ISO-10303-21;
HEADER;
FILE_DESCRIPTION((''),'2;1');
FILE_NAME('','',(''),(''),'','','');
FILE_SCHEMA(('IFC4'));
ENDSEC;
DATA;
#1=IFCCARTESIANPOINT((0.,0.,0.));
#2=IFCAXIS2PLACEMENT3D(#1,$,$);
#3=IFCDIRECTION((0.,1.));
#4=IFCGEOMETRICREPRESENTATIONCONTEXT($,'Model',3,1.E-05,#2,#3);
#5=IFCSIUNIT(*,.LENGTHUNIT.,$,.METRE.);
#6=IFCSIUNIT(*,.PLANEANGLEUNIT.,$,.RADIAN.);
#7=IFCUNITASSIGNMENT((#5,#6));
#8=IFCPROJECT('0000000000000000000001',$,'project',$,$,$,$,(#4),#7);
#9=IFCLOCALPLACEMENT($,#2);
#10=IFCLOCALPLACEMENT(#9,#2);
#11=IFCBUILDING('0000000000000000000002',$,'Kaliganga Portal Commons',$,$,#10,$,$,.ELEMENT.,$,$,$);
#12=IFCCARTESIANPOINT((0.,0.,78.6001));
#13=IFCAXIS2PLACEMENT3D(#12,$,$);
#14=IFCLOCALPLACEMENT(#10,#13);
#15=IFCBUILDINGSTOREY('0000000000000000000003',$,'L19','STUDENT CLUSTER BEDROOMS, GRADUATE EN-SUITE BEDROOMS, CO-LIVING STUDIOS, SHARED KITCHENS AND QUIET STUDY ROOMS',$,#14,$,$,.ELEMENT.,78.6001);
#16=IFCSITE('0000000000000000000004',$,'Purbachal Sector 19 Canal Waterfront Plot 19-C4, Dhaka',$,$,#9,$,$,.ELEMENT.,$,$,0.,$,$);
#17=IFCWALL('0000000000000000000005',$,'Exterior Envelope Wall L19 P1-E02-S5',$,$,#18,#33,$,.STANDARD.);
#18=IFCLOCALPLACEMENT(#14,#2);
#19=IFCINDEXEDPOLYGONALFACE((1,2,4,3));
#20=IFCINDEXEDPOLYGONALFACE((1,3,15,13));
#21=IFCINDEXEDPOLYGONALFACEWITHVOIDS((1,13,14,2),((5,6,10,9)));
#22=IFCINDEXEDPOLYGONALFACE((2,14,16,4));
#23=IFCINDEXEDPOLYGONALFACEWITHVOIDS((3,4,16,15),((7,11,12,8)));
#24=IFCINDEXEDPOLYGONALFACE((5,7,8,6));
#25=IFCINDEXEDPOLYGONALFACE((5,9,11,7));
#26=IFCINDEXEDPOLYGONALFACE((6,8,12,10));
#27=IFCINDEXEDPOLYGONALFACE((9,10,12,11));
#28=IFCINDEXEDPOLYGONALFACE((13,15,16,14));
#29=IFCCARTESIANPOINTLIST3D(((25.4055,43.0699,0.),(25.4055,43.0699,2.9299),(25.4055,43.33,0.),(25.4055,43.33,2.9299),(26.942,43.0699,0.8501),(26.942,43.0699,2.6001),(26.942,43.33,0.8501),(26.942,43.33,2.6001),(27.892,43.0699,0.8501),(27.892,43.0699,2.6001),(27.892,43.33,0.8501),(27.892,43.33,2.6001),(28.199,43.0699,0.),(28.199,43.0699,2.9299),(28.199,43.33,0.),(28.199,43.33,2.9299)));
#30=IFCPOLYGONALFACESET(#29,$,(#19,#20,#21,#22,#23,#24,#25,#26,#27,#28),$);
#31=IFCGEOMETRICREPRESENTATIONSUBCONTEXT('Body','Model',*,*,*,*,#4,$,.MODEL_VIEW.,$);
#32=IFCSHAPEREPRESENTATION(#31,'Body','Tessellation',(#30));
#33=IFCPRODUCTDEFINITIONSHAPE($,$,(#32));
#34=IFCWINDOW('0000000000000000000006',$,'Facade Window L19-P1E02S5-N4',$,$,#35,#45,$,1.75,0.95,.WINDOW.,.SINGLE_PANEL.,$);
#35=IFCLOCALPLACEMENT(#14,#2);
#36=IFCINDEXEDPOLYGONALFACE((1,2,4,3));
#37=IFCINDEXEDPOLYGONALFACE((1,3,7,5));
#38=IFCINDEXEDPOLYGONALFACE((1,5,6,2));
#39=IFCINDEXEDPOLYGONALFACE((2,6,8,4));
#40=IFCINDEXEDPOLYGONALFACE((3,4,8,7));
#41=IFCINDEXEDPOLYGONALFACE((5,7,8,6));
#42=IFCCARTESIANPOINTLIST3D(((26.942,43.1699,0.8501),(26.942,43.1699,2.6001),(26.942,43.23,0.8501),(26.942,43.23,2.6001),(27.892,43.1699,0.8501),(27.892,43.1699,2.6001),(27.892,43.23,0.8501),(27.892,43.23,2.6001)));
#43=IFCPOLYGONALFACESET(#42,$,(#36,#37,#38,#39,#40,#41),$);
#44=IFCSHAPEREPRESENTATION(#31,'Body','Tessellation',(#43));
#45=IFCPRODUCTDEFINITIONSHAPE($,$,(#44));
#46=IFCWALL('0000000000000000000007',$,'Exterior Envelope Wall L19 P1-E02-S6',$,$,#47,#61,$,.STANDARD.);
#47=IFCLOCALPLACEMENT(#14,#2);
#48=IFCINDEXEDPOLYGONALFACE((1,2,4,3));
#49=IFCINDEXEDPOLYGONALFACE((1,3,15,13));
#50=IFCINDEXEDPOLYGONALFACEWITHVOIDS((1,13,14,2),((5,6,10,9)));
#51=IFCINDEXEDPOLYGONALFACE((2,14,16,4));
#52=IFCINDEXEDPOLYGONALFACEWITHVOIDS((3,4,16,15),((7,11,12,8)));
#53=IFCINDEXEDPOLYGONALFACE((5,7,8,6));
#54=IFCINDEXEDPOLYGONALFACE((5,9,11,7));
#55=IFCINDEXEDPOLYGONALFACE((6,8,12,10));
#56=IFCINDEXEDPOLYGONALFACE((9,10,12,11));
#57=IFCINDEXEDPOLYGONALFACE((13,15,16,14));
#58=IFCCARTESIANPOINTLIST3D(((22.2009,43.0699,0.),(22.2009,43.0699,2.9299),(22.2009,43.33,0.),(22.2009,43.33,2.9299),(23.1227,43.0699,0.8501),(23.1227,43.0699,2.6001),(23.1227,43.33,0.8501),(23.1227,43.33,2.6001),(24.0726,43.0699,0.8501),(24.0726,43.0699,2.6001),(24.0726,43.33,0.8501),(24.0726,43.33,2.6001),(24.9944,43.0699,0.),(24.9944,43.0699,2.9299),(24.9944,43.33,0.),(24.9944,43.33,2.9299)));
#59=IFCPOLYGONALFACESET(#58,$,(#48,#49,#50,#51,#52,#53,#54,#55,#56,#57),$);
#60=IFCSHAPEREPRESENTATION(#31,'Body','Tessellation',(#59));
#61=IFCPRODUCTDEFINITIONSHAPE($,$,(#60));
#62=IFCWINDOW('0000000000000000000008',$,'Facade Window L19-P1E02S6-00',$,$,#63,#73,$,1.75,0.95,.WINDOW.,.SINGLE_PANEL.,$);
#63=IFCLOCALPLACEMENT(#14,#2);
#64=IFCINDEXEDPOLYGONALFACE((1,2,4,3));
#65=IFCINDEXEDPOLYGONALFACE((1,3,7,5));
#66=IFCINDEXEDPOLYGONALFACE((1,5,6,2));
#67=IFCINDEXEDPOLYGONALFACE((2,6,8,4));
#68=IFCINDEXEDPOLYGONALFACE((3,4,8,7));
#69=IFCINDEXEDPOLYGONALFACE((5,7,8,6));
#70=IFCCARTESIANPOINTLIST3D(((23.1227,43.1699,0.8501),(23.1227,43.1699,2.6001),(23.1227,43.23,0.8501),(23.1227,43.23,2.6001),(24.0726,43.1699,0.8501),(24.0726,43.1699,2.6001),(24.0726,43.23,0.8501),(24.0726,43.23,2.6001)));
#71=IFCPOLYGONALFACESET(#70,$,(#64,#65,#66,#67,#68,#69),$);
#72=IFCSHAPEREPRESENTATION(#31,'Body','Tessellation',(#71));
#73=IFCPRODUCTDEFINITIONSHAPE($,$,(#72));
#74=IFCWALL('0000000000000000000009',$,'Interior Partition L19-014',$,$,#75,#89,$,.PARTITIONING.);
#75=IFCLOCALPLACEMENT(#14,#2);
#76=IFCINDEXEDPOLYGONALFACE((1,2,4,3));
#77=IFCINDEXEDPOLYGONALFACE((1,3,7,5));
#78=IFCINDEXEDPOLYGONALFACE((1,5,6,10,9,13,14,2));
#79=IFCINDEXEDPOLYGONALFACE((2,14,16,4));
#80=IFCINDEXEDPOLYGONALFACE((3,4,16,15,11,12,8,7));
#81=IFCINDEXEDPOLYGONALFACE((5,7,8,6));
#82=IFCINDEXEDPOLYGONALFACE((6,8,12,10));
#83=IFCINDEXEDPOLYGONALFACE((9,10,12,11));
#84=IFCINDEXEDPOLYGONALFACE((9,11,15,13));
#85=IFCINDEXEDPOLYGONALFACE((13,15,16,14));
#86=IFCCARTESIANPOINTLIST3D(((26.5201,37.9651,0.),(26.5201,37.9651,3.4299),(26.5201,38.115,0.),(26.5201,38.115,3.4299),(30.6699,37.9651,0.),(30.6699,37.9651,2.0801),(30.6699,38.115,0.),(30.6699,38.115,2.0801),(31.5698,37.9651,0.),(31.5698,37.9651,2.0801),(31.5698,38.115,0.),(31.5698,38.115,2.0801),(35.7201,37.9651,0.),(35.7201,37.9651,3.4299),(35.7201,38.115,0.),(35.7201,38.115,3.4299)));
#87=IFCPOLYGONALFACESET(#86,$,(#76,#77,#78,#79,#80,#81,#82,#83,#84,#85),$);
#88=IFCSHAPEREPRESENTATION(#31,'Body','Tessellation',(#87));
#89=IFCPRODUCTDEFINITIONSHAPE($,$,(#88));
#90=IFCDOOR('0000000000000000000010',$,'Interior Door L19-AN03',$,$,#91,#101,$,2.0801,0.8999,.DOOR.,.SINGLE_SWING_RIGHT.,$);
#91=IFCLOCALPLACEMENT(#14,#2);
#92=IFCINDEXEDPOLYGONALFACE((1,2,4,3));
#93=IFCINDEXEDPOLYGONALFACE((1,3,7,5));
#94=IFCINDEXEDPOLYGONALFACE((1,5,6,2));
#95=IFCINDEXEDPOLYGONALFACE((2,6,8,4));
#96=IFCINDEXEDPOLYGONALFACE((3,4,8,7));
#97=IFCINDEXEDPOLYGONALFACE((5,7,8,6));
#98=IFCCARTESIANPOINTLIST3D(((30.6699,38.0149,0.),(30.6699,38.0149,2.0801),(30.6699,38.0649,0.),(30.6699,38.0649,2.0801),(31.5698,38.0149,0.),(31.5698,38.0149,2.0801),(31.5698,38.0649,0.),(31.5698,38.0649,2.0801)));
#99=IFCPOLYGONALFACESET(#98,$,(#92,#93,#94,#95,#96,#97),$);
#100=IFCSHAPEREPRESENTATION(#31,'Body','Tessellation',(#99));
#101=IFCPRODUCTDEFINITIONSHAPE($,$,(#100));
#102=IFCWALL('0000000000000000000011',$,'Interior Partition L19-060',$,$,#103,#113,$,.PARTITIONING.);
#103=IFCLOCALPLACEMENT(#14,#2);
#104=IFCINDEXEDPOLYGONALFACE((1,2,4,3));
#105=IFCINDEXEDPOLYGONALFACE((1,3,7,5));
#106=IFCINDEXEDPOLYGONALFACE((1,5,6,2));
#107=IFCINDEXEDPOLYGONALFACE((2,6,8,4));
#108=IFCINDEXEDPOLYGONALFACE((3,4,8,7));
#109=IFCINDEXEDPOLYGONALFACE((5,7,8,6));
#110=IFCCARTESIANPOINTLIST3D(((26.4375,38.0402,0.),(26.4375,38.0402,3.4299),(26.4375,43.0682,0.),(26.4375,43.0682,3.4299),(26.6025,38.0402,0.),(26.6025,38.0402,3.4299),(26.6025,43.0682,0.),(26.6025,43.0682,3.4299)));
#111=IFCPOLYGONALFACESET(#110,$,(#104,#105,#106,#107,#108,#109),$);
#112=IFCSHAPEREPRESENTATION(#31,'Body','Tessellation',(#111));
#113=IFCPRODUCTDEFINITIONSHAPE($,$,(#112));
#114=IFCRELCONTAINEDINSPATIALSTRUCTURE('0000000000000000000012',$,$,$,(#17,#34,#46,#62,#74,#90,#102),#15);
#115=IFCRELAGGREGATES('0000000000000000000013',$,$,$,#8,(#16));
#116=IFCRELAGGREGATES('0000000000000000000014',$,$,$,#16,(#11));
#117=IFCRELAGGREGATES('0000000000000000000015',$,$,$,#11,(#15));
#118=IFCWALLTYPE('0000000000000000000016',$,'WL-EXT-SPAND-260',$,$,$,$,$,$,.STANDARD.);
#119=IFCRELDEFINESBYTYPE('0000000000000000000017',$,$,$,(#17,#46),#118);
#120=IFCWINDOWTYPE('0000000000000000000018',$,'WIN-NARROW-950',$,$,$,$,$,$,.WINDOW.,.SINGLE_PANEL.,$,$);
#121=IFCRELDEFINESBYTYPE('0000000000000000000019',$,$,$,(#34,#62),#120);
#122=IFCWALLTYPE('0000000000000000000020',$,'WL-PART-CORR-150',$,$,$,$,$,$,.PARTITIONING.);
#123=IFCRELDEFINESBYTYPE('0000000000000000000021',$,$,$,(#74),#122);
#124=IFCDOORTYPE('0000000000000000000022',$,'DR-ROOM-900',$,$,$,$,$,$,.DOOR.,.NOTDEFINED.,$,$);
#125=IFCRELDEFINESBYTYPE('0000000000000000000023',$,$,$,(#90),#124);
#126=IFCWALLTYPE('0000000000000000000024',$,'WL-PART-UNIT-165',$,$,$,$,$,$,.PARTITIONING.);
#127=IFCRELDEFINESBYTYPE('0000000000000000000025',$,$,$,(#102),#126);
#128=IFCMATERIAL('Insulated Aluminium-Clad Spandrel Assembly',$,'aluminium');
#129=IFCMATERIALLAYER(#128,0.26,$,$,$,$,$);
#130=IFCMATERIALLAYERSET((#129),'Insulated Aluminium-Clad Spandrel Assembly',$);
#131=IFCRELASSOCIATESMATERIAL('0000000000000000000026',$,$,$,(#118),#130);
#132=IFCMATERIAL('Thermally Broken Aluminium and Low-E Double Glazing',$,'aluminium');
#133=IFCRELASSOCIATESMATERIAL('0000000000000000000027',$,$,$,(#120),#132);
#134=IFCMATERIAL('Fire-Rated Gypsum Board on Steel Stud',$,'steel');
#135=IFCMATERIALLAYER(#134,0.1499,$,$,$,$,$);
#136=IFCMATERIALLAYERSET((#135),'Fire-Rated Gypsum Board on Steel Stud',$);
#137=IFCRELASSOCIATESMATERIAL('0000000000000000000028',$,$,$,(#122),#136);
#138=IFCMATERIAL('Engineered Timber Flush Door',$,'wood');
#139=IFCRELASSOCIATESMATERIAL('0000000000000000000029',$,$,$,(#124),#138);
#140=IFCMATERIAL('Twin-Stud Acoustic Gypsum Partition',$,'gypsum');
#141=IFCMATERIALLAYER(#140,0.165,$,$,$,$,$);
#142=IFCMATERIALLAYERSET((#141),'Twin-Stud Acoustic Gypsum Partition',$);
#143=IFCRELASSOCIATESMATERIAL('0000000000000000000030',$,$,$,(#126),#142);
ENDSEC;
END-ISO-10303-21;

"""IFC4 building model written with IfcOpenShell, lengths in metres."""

from ifc_helpers import new_model, si_unit, direction, frame, frame_2d, origin, place, context, subcontext, project, spatial, rectangle, extrude, material, layer, layer_set, type_object, element, fill, save


model = new_model("IFC4")

# Units and contexts
model_context = context("Model", 3, precision=1e-05, world=origin(), true_north=direction((0.0, 1.0)))
body_context = subcontext(model_context, "Body", "Model", "MODEL_VIEW")
ifc_project = project(units=[si_unit("LENGTHUNIT", "METRE"), si_unit("PLANEANGLEUNIT", "RADIAN")], contexts=[model_context])

# Site, building, storey
site_placement = place(None, origin())
site = spatial("IfcSite", under=ifc_project, at=site_placement, Name="Purbachal Sector 19 Canal Waterfront Plot 19-C4, Dhaka", CompositionType="ELEMENT", RefElevation=0.0)
building_placement = place(site_placement, origin())
building = spatial("IfcBuilding", under=site, at=building_placement, Name="Kaliganga Portal Commons", CompositionType="ELEMENT")
storey_placement = place(building_placement, frame((0.0, 0.0, 78.6001)))
storey = spatial("IfcBuildingStorey", under=building, at=storey_placement, Name="L19", Description="STUDENT CLUSTER BEDROOMS, GRADUATE EN-SUITE BEDROOMS, CO-LIVING STUDIOS, SHARED KITCHENS AND QUIET STUDY ROOMS", CompositionType="ELEMENT", Elevation=78.6001)

# Walls, openings, windows
ifc_material_1 = material(Name="Insulated Aluminium-Clad Spandrel Assembly", Category="aluminium")
ifc_layer_1 = layer(ifc_material_1, 0.26)
ifc_layer_set_1 = layer_set([ifc_layer_1], Name="Insulated Aluminium-Clad Spandrel Assembly")
wall_type_1 = type_object("IfcWallType", Name="WL-EXT-SPAND-260", PredefinedType="STANDARD", material=ifc_layer_set_1)
ifc_material_2 = material(Name="Thermally Broken Aluminium and Low-E Double Glazing", Category="aluminium")
window_type = type_object("IfcWindowType", Name="WIN-NARROW-950", PartitioningType="SINGLE_PANEL", PredefinedType="WINDOW", material=ifc_material_2)
wall_1_placement = place(storey_placement, frame((25.4055, 43.2, 0.0), z_axis=(0.0, 0.0, 1.0), x_axis=(1.0, 0.0, 0.0)))
wall_1 = element("IfcWall", 1, at=wall_1_placement, inside=storey, type_object=wall_type_1, Name="Exterior Envelope Wall L19 P1-E02-S5", PredefinedType="STANDARD", context=body_context, shape_type="SweptSolid", body=[
    extrude(rectangle(XDim=2.7935, YDim=0.26, at=frame_2d((1.3967, 0.0))), origin(), (0.0, 0.0, 1.0), 2.9299),
])
opening_1_placement = place(wall_1_placement, frame((1.5364, 0.0, 0.8501)))
opening_1 = element("IfcOpeningElement", 2, at=opening_1_placement, cuts=wall_1, PredefinedType="OPENING", context=body_context, shape_type="SweptSolid", body=[
    extrude(rectangle(XDim=0.95, YDim=1.75, at=frame_2d((0.4751, 0.875))), frame((0.0, 0.1401, 0.0), z_axis=(0.0, -1.0, 0.0), x_axis=(1.0, 0.0, 0.0)), (0.0, 0.0, 1.0), 0.28),
])
window_1_placement = place(opening_1_placement, origin())
window_1 = element("IfcWindow", 3, at=window_1_placement, inside=storey, type_object=window_type, Name="Facade Window L19-P1E02S5-N4", OverallHeight=1.75, OverallWidth=0.95, PartitioningType="SINGLE_PANEL", PredefinedType="WINDOW", context=body_context, shape_type="SweptSolid", body=[
    extrude(rectangle(XDim=0.95, YDim=1.75, at=frame_2d((0.4751, 0.875))), frame((0.0, 0.03, 0.0), z_axis=(0.0, -1.0, 0.0), x_axis=(1.0, 0.0, 0.0)), (0.0, 0.0, 1.0), 0.0601),
])
fill(opening_1, window_1)
wall_2_placement = place(storey_placement, frame((22.2009, 43.2, 0.0), z_axis=(0.0, 0.0, 1.0), x_axis=(1.0, 0.0, 0.0)))
wall_2 = element("IfcWall", 4, at=wall_2_placement, inside=storey, type_object=wall_type_1, Name="Exterior Envelope Wall L19 P1-E02-S6", PredefinedType="STANDARD", context=body_context, shape_type="SweptSolid", body=[
    extrude(rectangle(XDim=2.7935, YDim=0.26, at=frame_2d((1.3967, 0.0))), origin(), (0.0, 0.0, 1.0), 2.9299),
])
opening_2_placement = place(wall_2_placement, frame((0.9216, 0.0, 0.8501)))
opening_2 = element("IfcOpeningElement", 5, at=opening_2_placement, cuts=wall_2, PredefinedType="OPENING", context=body_context, shape_type="SweptSolid", body=[
    extrude(rectangle(XDim=0.95, YDim=1.75, at=frame_2d((0.4751, 0.875))), frame((0.0, 0.1401, 0.0), z_axis=(0.0, -1.0, 0.0), x_axis=(1.0, 0.0, 0.0)), (0.0, 0.0, 1.0), 0.28),
])
window_2_placement = place(opening_2_placement, origin())
window_2 = element("IfcWindow", 6, at=window_2_placement, inside=storey, type_object=window_type, Name="Facade Window L19-P1E02S6-00", OverallHeight=1.75, OverallWidth=0.95, PartitioningType="SINGLE_PANEL", PredefinedType="WINDOW", context=body_context, shape_type="SweptSolid", body=[
    extrude(rectangle(XDim=0.95, YDim=1.75, at=frame_2d((0.4751, 0.875))), frame((0.0, 0.03, 0.0), z_axis=(0.0, -1.0, 0.0), x_axis=(1.0, 0.0, 0.0)), (0.0, 0.0, 1.0), 0.0601),
])
fill(opening_2, window_2)

# Wall, opening, door
ifc_material_3 = material(Name="Fire-Rated Gypsum Board on Steel Stud", Category="steel")
ifc_layer_2 = layer(ifc_material_3, 0.1499)
ifc_layer_set_2 = layer_set([ifc_layer_2], Name="Fire-Rated Gypsum Board on Steel Stud")
wall_type_2 = type_object("IfcWallType", Name="WL-PART-CORR-150", PredefinedType="PARTITIONING", material=ifc_layer_set_2)
wall_3_placement = place(storey_placement, frame((26.52, 38.04, 0.0), z_axis=(0.0, 0.0, 1.0), x_axis=(1.0, 0.0, 0.0)))
wall_3 = element("IfcWall", 7, at=wall_3_placement, inside=storey, type_object=wall_type_2, Name="Interior Partition L19-014", PredefinedType="PARTITIONING", context=body_context, shape_type="SweptSolid", body=[
    extrude(rectangle(XDim=9.2, YDim=0.1499, at=frame_2d((4.6001, 0.0))), origin(), (0.0, 0.0, 1.0), 3.4299),
])
opening_3_placement = place(wall_3_placement, frame((4.1499, 0.0, 0.0)))
opening_3 = element("IfcOpeningElement", 8, at=opening_3_placement, cuts=wall_3, PredefinedType="OPENING", context=body_context, shape_type="SweptSolid", body=[
    extrude(rectangle(XDim=0.8999, YDim=2.0801, at=frame_2d((0.45, 1.04))), frame((0.0, 0.085, 0.0), z_axis=(0.0, -1.0, 0.0), x_axis=(1.0, 0.0, 0.0)), (0.0, 0.0, 1.0), 0.1699),
])
ifc_material_4 = material(Name="Engineered Timber Flush Door", Category="wood")
door_type_1 = type_object("IfcDoorType", Name="DR-ROOM-900", OperationType="NOTDEFINED", PredefinedType="DOOR", material=ifc_material_4)
door_1_placement = place(opening_3_placement, origin())
door_1 = element("IfcDoor", 9, at=door_1_placement, inside=storey, type_object=door_type_1, Name="Interior Door L19-AN03", OperationType="SINGLE_SWING_RIGHT", OverallHeight=2.0801, OverallWidth=0.8999, PredefinedType="DOOR", context=body_context, shape_type="SweptSolid", body=[
    extrude(rectangle(XDim=0.8999, YDim=2.0801, at=frame_2d((0.45, 1.04))), frame((0.0, 0.0249, 0.0), z_axis=(0.0, -1.0, 0.0), x_axis=(1.0, 0.0, 0.0)), (0.0, 0.0, 1.0), 0.05),
])
fill(opening_3, door_1)

# Wall
ifc_material_5 = material(Name="Twin-Stud Acoustic Gypsum Partition", Category="gypsum")
ifc_layer_3 = layer(ifc_material_5, 0.165)
ifc_layer_set_3 = layer_set([ifc_layer_3], Name="Twin-Stud Acoustic Gypsum Partition")
wall_type_3 = type_object("IfcWallType", Name="WL-PART-UNIT-165", PredefinedType="PARTITIONING", material=ifc_layer_set_3)
wall_4_placement = place(storey_placement, frame((26.52, 38.04, 0.0), z_axis=(0.0, 0.0, 1.0), x_axis=(0.0, 1.0, 0.0)))
element("IfcWall", 10, at=wall_4_placement, inside=storey, type_object=wall_type_3, Name="Interior Partition L19-060", PredefinedType="PARTITIONING", context=body_context, shape_type="SweptSolid", body=[
    extrude(rectangle(XDim=5.0281, YDim=0.165, at=frame_2d((2.5142, 0.0))), origin(), (0.0, 0.0, 1.0), 3.4299),
])

save(model, "model.ifc")
